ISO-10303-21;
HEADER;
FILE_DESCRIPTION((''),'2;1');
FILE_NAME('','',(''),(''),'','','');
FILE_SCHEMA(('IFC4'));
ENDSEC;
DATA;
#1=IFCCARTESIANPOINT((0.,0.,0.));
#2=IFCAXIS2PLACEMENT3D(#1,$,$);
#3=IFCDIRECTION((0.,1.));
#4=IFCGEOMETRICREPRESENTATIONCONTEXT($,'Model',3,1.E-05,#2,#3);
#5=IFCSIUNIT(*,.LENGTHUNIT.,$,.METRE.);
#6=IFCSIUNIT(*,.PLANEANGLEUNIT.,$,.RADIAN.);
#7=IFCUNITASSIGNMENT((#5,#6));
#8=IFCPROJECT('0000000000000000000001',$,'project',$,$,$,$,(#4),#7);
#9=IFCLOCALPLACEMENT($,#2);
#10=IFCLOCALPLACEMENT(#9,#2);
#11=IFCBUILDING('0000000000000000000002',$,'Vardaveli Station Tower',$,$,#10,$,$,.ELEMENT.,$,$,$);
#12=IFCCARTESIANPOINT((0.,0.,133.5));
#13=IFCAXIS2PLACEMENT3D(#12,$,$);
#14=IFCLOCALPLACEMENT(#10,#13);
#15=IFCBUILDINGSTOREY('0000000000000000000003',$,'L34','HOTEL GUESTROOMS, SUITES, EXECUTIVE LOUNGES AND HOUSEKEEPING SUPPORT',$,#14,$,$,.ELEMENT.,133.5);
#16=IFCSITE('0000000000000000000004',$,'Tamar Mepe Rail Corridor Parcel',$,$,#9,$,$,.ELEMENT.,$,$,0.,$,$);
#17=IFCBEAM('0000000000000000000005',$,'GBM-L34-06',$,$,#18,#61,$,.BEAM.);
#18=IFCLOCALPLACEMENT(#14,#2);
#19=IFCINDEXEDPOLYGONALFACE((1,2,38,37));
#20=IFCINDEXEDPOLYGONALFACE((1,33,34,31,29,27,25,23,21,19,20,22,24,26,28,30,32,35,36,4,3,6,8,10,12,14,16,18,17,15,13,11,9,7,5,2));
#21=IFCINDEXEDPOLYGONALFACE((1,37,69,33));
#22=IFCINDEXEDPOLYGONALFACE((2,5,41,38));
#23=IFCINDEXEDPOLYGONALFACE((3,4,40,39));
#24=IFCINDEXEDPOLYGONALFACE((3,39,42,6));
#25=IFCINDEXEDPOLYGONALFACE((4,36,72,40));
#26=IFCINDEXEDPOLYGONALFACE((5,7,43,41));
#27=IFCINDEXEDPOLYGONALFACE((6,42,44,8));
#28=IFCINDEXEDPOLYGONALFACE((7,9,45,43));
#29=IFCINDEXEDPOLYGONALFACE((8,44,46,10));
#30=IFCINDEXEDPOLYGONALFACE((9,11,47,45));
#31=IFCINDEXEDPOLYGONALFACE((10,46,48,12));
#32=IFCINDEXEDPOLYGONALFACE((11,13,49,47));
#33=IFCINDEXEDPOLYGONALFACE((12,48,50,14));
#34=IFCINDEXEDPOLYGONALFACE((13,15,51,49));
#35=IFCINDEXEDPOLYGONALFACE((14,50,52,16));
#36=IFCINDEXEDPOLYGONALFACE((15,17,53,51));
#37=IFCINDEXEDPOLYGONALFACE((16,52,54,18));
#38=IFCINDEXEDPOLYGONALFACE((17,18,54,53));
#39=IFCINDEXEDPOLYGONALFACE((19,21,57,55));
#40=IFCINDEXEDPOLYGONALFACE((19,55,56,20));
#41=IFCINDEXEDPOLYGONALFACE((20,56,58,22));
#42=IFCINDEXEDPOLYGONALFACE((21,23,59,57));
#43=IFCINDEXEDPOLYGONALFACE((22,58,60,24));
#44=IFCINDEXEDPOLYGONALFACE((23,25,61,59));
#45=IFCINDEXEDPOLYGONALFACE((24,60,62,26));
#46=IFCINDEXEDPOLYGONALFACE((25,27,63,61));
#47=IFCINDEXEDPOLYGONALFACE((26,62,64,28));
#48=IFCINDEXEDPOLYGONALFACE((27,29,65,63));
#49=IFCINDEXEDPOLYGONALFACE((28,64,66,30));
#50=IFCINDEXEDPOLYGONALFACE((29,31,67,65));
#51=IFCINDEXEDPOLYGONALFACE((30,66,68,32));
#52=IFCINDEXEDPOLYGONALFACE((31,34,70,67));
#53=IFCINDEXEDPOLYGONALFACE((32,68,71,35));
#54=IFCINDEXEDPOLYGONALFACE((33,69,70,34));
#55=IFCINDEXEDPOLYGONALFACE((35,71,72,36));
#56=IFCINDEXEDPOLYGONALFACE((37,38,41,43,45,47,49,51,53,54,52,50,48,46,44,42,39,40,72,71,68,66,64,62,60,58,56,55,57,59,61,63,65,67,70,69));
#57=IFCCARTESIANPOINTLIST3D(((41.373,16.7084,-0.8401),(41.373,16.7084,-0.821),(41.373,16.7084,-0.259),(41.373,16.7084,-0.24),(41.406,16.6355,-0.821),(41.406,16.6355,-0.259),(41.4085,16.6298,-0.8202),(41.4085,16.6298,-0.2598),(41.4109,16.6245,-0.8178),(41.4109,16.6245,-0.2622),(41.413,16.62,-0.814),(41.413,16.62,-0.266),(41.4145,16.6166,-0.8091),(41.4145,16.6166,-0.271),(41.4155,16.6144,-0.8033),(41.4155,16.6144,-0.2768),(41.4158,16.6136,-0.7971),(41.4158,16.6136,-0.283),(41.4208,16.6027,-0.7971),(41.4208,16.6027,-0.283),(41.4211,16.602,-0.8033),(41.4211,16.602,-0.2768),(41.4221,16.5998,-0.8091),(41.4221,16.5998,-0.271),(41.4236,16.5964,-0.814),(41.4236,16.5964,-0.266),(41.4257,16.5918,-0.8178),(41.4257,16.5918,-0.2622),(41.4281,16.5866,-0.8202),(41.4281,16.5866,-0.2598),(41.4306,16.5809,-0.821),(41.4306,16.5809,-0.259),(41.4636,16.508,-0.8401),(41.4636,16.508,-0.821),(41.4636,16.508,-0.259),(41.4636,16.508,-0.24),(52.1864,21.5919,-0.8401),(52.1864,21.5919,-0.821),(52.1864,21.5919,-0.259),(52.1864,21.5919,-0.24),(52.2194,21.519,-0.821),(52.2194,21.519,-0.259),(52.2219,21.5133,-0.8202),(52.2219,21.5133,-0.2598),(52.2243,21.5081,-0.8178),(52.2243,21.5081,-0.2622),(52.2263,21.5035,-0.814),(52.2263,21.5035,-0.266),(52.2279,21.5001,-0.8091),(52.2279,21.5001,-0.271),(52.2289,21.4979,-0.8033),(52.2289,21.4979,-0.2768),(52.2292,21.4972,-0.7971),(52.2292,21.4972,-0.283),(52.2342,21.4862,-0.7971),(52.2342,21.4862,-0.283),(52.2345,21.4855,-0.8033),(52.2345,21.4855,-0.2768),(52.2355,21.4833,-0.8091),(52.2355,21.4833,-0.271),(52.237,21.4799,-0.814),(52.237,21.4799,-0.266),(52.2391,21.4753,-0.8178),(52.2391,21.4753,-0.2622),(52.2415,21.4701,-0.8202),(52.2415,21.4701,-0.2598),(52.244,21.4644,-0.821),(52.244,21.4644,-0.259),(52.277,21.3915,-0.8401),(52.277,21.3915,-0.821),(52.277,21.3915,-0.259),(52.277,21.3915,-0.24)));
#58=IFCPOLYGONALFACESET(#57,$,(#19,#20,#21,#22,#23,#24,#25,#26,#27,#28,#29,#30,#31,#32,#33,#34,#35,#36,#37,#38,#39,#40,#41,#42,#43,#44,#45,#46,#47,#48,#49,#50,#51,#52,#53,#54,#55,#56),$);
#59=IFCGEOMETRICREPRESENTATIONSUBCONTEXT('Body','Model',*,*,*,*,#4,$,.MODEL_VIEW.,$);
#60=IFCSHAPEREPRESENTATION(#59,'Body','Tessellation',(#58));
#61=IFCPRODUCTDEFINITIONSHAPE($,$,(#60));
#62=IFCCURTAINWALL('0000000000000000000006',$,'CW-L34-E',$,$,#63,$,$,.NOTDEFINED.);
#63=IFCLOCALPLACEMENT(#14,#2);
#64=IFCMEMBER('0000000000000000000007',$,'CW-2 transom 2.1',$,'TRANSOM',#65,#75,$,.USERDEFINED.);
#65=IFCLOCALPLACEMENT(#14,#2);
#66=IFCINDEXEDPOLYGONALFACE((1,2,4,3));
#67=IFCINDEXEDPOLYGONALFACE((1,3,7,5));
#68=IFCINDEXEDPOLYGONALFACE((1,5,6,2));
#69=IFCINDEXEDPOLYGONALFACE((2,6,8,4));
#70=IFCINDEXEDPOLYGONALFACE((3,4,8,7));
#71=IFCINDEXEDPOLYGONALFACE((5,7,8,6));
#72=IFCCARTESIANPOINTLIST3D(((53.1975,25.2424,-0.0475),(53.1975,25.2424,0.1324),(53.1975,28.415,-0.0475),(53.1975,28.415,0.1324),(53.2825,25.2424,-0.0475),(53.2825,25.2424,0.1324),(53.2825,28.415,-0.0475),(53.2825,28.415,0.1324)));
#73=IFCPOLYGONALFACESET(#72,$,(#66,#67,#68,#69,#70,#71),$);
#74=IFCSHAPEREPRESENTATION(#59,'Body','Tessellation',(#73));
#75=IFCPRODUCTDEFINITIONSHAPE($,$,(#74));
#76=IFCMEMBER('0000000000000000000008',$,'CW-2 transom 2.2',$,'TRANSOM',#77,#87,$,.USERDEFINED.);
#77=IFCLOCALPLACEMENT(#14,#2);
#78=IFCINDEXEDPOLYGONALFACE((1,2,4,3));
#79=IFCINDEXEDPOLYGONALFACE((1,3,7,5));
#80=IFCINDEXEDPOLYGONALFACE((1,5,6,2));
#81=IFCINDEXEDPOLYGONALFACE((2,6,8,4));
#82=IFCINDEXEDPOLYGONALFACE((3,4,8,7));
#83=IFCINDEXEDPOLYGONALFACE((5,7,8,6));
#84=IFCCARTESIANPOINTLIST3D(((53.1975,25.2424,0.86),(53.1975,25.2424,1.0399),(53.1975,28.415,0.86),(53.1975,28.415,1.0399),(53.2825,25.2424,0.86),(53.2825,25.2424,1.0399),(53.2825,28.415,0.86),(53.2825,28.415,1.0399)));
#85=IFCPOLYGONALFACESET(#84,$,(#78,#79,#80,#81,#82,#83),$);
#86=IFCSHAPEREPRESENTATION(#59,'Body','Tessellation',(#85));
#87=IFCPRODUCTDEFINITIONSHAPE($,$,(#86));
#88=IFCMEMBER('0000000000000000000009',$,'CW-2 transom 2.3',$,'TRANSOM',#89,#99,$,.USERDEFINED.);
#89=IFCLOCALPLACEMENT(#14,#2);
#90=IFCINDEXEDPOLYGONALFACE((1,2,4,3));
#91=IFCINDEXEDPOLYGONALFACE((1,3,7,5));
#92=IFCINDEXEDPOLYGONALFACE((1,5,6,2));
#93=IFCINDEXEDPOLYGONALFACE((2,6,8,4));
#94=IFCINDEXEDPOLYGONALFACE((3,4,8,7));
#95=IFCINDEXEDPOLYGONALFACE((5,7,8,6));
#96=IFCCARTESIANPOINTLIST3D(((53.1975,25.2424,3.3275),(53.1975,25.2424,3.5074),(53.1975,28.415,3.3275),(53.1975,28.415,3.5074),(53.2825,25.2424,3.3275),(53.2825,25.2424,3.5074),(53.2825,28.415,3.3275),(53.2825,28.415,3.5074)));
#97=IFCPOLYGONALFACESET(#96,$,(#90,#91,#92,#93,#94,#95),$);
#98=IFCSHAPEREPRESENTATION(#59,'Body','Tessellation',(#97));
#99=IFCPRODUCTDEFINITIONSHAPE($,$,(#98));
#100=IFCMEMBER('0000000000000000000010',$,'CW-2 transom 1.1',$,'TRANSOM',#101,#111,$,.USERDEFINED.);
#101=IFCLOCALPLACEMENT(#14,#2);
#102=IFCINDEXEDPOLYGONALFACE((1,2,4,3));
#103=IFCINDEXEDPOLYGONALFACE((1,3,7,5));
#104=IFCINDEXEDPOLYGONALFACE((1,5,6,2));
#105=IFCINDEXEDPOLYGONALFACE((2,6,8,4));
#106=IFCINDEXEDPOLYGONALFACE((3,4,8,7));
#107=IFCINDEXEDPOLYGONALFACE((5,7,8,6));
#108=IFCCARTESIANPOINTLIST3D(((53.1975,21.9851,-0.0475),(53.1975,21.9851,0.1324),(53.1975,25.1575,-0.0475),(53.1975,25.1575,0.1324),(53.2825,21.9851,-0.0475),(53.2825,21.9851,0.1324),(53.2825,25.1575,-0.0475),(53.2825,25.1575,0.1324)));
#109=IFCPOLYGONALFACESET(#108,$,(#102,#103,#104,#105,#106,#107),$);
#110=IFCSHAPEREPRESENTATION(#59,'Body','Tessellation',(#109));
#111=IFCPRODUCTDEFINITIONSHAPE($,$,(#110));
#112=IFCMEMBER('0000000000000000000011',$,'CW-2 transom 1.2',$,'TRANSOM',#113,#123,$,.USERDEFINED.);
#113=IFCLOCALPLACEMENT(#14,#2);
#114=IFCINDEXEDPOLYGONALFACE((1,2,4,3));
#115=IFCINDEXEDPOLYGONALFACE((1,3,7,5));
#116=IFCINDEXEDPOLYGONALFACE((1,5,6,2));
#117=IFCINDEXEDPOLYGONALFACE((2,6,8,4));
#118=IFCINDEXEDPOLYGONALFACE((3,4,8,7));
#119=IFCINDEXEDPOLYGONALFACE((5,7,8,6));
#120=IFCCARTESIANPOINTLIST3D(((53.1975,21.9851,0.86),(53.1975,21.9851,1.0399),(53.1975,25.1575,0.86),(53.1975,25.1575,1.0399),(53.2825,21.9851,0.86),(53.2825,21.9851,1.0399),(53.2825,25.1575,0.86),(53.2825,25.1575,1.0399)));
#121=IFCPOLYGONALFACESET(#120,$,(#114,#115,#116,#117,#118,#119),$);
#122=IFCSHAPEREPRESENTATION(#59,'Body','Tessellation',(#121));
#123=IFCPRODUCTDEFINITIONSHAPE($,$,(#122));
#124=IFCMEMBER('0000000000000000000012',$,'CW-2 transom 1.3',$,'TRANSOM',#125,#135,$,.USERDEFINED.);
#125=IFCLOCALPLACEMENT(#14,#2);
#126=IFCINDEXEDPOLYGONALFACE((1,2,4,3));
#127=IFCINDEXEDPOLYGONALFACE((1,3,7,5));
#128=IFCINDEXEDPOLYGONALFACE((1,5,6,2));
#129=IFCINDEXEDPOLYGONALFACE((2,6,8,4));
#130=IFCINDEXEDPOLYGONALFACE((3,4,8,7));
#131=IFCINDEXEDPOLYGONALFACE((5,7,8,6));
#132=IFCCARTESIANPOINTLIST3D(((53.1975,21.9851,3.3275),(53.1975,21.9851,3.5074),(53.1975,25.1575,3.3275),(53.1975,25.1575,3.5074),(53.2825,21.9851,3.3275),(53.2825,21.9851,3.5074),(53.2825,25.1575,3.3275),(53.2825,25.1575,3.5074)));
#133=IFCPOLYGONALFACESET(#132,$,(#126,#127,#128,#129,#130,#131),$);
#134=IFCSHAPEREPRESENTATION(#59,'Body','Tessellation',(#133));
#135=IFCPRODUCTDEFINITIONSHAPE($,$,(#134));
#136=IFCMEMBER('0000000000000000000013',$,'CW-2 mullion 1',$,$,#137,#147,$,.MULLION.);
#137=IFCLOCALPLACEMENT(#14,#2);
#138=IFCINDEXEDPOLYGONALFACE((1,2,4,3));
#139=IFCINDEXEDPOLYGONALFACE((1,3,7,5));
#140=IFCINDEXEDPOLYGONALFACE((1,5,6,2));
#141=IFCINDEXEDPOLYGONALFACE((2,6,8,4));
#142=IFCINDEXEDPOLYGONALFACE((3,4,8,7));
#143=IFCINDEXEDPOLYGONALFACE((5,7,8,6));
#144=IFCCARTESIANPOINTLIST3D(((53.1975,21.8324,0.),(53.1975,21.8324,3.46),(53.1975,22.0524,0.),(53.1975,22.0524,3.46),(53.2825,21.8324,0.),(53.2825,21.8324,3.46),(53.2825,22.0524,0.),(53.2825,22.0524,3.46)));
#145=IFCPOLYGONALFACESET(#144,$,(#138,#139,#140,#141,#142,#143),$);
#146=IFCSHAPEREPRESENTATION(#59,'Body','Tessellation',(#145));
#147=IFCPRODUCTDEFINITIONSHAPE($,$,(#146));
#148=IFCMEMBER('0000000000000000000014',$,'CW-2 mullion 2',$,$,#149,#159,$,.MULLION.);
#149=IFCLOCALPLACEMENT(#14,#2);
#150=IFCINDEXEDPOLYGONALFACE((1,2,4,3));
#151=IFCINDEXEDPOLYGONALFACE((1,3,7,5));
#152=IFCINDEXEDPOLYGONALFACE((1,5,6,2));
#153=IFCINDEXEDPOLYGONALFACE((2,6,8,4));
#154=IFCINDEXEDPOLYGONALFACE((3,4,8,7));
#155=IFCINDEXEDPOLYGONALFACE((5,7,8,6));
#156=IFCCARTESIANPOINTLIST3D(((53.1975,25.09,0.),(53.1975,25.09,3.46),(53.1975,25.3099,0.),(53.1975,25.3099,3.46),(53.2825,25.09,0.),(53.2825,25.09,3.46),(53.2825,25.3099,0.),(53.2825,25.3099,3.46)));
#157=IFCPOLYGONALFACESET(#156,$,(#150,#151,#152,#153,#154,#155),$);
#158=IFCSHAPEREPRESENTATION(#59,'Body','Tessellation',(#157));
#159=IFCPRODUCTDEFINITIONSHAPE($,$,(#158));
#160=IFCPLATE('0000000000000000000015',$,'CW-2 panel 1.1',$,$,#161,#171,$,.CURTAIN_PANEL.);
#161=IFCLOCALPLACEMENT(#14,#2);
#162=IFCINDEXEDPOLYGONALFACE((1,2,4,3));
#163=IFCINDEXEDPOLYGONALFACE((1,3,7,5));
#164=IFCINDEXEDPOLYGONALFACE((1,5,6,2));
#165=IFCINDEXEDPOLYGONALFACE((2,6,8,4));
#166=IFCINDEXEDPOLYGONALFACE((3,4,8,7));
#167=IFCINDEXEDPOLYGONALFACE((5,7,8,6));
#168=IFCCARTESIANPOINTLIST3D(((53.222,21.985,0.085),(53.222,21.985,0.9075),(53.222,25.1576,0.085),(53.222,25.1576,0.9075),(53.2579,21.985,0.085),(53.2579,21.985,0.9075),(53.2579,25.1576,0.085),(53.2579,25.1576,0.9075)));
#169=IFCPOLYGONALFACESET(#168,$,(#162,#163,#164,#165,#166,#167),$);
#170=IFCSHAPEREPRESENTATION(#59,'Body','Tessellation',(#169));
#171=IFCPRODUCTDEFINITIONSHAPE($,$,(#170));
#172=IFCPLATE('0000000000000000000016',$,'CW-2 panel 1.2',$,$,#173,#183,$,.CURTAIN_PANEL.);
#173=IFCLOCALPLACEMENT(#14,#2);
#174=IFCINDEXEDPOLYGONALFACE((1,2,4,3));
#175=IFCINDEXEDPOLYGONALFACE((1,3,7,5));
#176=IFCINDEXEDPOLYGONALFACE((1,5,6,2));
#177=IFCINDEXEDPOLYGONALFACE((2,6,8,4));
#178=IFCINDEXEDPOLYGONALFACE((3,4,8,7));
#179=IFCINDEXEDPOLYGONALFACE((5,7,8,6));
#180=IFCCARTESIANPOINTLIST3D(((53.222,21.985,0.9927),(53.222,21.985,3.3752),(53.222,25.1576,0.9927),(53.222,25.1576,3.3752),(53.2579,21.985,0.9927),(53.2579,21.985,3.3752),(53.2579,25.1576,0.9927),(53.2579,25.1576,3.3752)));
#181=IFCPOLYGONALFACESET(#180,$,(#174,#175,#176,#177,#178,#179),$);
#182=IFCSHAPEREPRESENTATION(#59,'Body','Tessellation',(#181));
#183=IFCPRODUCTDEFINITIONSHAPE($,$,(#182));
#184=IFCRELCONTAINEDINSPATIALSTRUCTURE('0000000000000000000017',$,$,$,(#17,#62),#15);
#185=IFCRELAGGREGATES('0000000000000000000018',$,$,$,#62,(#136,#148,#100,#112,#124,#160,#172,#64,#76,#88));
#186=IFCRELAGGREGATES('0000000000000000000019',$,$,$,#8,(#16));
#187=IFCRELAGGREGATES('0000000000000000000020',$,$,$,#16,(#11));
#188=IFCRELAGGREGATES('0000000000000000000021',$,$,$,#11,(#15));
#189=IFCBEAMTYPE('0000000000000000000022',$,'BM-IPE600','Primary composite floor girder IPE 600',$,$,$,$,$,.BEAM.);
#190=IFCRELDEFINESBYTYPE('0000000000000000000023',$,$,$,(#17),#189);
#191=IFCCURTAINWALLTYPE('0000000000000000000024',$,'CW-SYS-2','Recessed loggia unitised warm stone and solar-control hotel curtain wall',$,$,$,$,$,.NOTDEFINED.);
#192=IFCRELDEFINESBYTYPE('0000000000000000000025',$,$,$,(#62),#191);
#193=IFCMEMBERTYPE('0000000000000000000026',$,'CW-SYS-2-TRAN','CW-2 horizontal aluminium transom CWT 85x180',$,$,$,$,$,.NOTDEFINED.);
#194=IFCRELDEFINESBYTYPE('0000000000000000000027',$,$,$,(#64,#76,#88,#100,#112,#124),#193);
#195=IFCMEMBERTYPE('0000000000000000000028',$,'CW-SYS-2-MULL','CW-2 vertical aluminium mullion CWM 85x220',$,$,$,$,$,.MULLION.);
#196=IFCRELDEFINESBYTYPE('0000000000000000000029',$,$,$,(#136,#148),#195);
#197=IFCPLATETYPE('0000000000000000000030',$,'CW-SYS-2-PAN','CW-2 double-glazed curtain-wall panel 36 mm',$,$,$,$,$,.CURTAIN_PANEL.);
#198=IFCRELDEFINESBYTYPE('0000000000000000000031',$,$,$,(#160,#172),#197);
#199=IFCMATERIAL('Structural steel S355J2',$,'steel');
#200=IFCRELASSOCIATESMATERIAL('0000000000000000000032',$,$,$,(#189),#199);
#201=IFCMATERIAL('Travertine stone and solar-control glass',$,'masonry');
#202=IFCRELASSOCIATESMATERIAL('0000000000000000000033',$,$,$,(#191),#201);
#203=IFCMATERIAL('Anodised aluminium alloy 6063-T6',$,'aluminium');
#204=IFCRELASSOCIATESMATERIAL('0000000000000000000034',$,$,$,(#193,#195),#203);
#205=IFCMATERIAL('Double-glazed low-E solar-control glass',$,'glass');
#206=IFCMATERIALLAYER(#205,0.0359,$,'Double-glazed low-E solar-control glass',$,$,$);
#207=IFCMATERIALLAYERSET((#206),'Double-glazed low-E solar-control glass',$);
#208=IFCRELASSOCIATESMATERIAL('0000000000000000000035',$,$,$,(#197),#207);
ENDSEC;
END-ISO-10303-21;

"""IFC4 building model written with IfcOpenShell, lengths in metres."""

from ifc_helpers import new_model, si_unit, direction, frame, origin, origin_2d, place, context, subcontext, project, spatial, rectangle, i_section, extrude, source, transform, mapped, material, layer, layer_set, material_profile, profile_set, type_object, element, aggregate, save


model = new_model("IFC4")

# Units and contexts
model_context = context("Model", 3, precision=1e-05, world=origin(), true_north=direction((0.0, 1.0)))
body_context = subcontext(model_context, "Body", "Model", "MODEL_VIEW")
ifc_project = project(units=[si_unit("LENGTHUNIT", "METRE"), si_unit("PLANEANGLEUNIT", "RADIAN")], contexts=[model_context])

# Site, building, storey
site_placement = place(None, origin())
site = spatial("IfcSite", under=ifc_project, at=site_placement, Name="Tamar Mepe Rail Corridor Parcel", CompositionType="ELEMENT", RefElevation=0.0)
building_placement = place(site_placement, origin())
building = spatial("IfcBuilding", under=site, at=building_placement, Name="Vardaveli Station Tower", CompositionType="ELEMENT")
storey_placement = place(building_placement, frame((0.0, 0.0, 133.5)))
storey = spatial("IfcBuildingStorey", under=building, at=storey_placement, Name="L34", Description="HOTEL GUESTROOMS, SUITES, EXECUTIVE LOUNGES AND HOUSEKEEPING SUPPORT", CompositionType="ELEMENT", Elevation=133.5)

# Beam
ifc_material_1 = material(Name="Structural steel S355J2", Category="steel")
ifc_material_profile_1 = material_profile(ifc_material_1, i_section(OverallWidth=0.22, OverallDepth=0.6001, WebThickness=0.012, FlangeThickness=0.019, FilletRadius=0.0239, at=origin_2d()), Name="IPE 600")
ifc_profile_set_1 = profile_set([ifc_material_profile_1], Name="Structural steel S355J2")
beam_type_1 = type_object("IfcBeamType", Name="BM-IPE600", Description="Primary composite floor girder IPE 600", PredefinedType="BEAM", material=ifc_profile_set_1)
shared_shape_1 = source(origin(), body_context, "Body", "SweptSolid", [
    extrude(i_section(OverallWidth=0.22, OverallDepth=0.6001, WebThickness=0.012, FlangeThickness=0.019, FilletRadius=0.0239, at=origin_2d()), origin(), (0.0, 0.0, 1.0), 11.865),
])
beam_1_placement = place(storey_placement, frame((52.2317, 21.4917, -0.54), z_axis=(-0.911369, -0.411589, 0.0), x_axis=(0.411589, -0.911369, 0.0)))
element("IfcBeam", 1, at=beam_1_placement, inside=storey, type_object=beam_type_1, Name="GBM-L34-06", PredefinedType="BEAM", context=body_context, shape_type="MappedRepresentation", body=[
    mapped(shared_shape_1, transform((0.0, 0.0, 0.0), scale=1.0)),
])

# Curtain wall, members, plates
ifc_material_2 = material(Name="Travertine stone and solar-control glass", Category="masonry")
curtain_wall_type = type_object("IfcCurtainWallType", Name="CW-SYS-2", Description="Recessed loggia unitised warm stone and solar-control hotel curtain wall", PredefinedType="NOTDEFINED", material=ifc_material_2)
curtain_wall_placement = place(storey_placement, origin())
curtain_wall = element("IfcCurtainWall", 2, at=curtain_wall_placement, inside=storey, type_object=curtain_wall_type, Name="CW-L34-E", PredefinedType="NOTDEFINED")
ifc_material_3 = material(Name="Anodised aluminium alloy 6063-T6", Category="aluminium")
ifc_material_profile_2 = material_profile(ifc_material_3, rectangle(XDim=0.085, YDim=0.1799, at=origin_2d()), Name="CWT 85x180")
ifc_profile_set_2 = profile_set([ifc_material_profile_2], Name="Anodised aluminium alloy 6063-T6")
member_type_1 = type_object("IfcMemberType", Name="CW-SYS-2-TRAN", Description="CW-2 horizontal aluminium transom CWT 85x180", PredefinedType="NOTDEFINED", material=ifc_profile_set_2)
shared_shape_2 = source(origin(), body_context, "Body", "SweptSolid", [
    extrude(rectangle(XDim=0.085, YDim=0.1799, at=origin_2d()), origin(), (0.0, 0.0, 1.0), 3.1726),
])
member_1_placement = place(storey_placement, frame((53.24, 25.2424, 0.0425), z_axis=(0.0, 1.0, 0.0), x_axis=(-1.0, 0.0, 0.0)))
member_1 = element("IfcMember", 3, at=member_1_placement, type_object=member_type_1, Name="CW-2 transom 2.1", ObjectType="TRANSOM", PredefinedType="USERDEFINED", context=body_context, shape_type="MappedRepresentation", body=[
    mapped(shared_shape_2, transform((0.0, 0.0, 0.0), scale=1.0)),
])
member_2_placement = place(storey_placement, frame((53.24, 25.2424, 0.95), z_axis=(0.0, 1.0, 0.0), x_axis=(-1.0, 0.0, 0.0)))
member_2 = element("IfcMember", 4, at=member_2_placement, type_object=member_type_1, Name="CW-2 transom 2.2", ObjectType="TRANSOM", PredefinedType="USERDEFINED", context=body_context, shape_type="MappedRepresentation", body=[
    mapped(shared_shape_2, transform((0.0, 0.0, 0.0), scale=1.0)),
])
member_3_placement = place(storey_placement, frame((53.24, 25.2424, 3.4175), z_axis=(0.0, 1.0, 0.0), x_axis=(-1.0, 0.0, 0.0)))
member_3 = element("IfcMember", 5, at=member_3_placement, type_object=member_type_1, Name="CW-2 transom 2.3", ObjectType="TRANSOM", PredefinedType="USERDEFINED", context=body_context, shape_type="MappedRepresentation", body=[
    mapped(shared_shape_2, transform((0.0, 0.0, 0.0), scale=1.0)),
])
shared_shape_3 = source(origin(), body_context, "Body", "SweptSolid", [
    extrude(rectangle(XDim=0.085, YDim=0.1799, at=origin_2d()), origin(), (0.0, 0.0, 1.0), 3.1724),
])
member_4_placement = place(storey_placement, frame((53.24, 21.9851, 0.0425), z_axis=(0.0, 1.0, 0.0), x_axis=(-1.0, 0.0, 0.0)))
member_4 = element("IfcMember", 6, at=member_4_placement, type_object=member_type_1, Name="CW-2 transom 1.1", ObjectType="TRANSOM", PredefinedType="USERDEFINED", context=body_context, shape_type="MappedRepresentation", body=[
    mapped(shared_shape_3, transform((0.0, 0.0, 0.0), scale=1.0)),
])
member_5_placement = place(storey_placement, frame((53.24, 21.9851, 0.95), z_axis=(0.0, 1.0, 0.0), x_axis=(-1.0, 0.0, 0.0)))
member_5 = element("IfcMember", 7, at=member_5_placement, type_object=member_type_1, Name="CW-2 transom 1.2", ObjectType="TRANSOM", PredefinedType="USERDEFINED", context=body_context, shape_type="MappedRepresentation", body=[
    mapped(shared_shape_3, transform((0.0, 0.0, 0.0), scale=1.0)),
])
member_6_placement = place(storey_placement, frame((53.24, 21.9851, 3.4175), z_axis=(0.0, 1.0, 0.0), x_axis=(-1.0, 0.0, 0.0)))
member_6 = element("IfcMember", 8, at=member_6_placement, type_object=member_type_1, Name="CW-2 transom 1.3", ObjectType="TRANSOM", PredefinedType="USERDEFINED", context=body_context, shape_type="MappedRepresentation", body=[
    mapped(shared_shape_3, transform((0.0, 0.0, 0.0), scale=1.0)),
])
ifc_material_profile_3 = material_profile(ifc_material_3, rectangle(XDim=0.085, YDim=0.22, at=origin_2d()), Name="CWM 85x220")
ifc_profile_set_3 = profile_set([ifc_material_profile_3], Name="Anodised aluminium alloy 6063-T6")
member_type_2 = type_object("IfcMemberType", Name="CW-SYS-2-MULL", Description="CW-2 vertical aluminium mullion CWM 85x220", PredefinedType="MULLION", material=ifc_profile_set_3)
shared_shape_4 = source(origin(), body_context, "Body", "SweptSolid", [
    extrude(rectangle(XDim=0.085, YDim=0.22, at=origin_2d()), origin(), (0.0, 0.0, 1.0), 3.46),
])
member_7_placement = place(storey_placement, frame((53.24, 21.9424, 0.0), z_axis=(0.0, 0.0, 1.0), x_axis=(-1.0, 0.0, 0.0)))
member_7 = element("IfcMember", 9, at=member_7_placement, type_object=member_type_2, Name="CW-2 mullion 1", PredefinedType="MULLION", context=body_context, shape_type="MappedRepresentation", body=[
    mapped(shared_shape_4, transform((0.0, 0.0, 0.0), scale=1.0)),
])
member_8_placement = place(storey_placement, frame((53.24, 25.2, 0.0), z_axis=(0.0, 0.0, 1.0), x_axis=(-1.0, 0.0, 0.0)))
member_8 = element("IfcMember", 10, at=member_8_placement, type_object=member_type_2, Name="CW-2 mullion 2", PredefinedType="MULLION", context=body_context, shape_type="MappedRepresentation", body=[
    mapped(shared_shape_4, transform((0.0, 0.0, 0.0), scale=1.0)),
])
ifc_material_4 = material(Name="Double-glazed low-E solar-control glass", Category="glass")
ifc_layer_1 = layer(ifc_material_4, 0.0359, Name="Double-glazed low-E solar-control glass")
ifc_layer_set_1 = layer_set([ifc_layer_1], Name="Double-glazed low-E solar-control glass")
plate_type = type_object("IfcPlateType", Name="CW-SYS-2-PAN", Description="CW-2 double-glazed curtain-wall panel 36 mm", PredefinedType="CURTAIN_PANEL", material=ifc_layer_set_1)
shared_shape_5 = source(origin(), body_context, "Body", "SweptSolid", [
    extrude(rectangle(XDim=3.1726, YDim=0.0359, at=origin_2d()), origin(), (0.0, 0.0, 1.0), 0.8225),
])
plate_1_placement = place(storey_placement, frame((53.24, 23.5713, 0.085), z_axis=(0.0, 0.0, 1.0), x_axis=(0.0, 1.0, 0.0)))
plate_1 = element("IfcPlate", 11, at=plate_1_placement, type_object=plate_type, Name="CW-2 panel 1.1", PredefinedType="CURTAIN_PANEL", context=body_context, shape_type="MappedRepresentation", body=[
    mapped(shared_shape_5, transform((0.0, 0.0, 0.0), scale=1.0)),
])
shared_shape_6 = source(origin(), body_context, "Body", "SweptSolid", [
    extrude(rectangle(XDim=3.1726, YDim=0.0359, at=origin_2d()), origin(), (0.0, 0.0, 1.0), 2.3826),
])
plate_2_placement = place(storey_placement, frame((53.24, 23.5713, 0.9927), z_axis=(0.0, 0.0, 1.0), x_axis=(0.0, 1.0, 0.0)))
plate_2 = element("IfcPlate", 12, at=plate_2_placement, type_object=plate_type, Name="CW-2 panel 1.2", PredefinedType="CURTAIN_PANEL", context=body_context, shape_type="MappedRepresentation", body=[
    mapped(shared_shape_6, transform((0.0, 0.0, 0.0), scale=1.0)),
])
aggregate(curtain_wall, [member_7, member_8, member_4, member_5, member_6, plate_1, plate_2, member_1, member_2, member_3])

save(model, "model.ifc")
